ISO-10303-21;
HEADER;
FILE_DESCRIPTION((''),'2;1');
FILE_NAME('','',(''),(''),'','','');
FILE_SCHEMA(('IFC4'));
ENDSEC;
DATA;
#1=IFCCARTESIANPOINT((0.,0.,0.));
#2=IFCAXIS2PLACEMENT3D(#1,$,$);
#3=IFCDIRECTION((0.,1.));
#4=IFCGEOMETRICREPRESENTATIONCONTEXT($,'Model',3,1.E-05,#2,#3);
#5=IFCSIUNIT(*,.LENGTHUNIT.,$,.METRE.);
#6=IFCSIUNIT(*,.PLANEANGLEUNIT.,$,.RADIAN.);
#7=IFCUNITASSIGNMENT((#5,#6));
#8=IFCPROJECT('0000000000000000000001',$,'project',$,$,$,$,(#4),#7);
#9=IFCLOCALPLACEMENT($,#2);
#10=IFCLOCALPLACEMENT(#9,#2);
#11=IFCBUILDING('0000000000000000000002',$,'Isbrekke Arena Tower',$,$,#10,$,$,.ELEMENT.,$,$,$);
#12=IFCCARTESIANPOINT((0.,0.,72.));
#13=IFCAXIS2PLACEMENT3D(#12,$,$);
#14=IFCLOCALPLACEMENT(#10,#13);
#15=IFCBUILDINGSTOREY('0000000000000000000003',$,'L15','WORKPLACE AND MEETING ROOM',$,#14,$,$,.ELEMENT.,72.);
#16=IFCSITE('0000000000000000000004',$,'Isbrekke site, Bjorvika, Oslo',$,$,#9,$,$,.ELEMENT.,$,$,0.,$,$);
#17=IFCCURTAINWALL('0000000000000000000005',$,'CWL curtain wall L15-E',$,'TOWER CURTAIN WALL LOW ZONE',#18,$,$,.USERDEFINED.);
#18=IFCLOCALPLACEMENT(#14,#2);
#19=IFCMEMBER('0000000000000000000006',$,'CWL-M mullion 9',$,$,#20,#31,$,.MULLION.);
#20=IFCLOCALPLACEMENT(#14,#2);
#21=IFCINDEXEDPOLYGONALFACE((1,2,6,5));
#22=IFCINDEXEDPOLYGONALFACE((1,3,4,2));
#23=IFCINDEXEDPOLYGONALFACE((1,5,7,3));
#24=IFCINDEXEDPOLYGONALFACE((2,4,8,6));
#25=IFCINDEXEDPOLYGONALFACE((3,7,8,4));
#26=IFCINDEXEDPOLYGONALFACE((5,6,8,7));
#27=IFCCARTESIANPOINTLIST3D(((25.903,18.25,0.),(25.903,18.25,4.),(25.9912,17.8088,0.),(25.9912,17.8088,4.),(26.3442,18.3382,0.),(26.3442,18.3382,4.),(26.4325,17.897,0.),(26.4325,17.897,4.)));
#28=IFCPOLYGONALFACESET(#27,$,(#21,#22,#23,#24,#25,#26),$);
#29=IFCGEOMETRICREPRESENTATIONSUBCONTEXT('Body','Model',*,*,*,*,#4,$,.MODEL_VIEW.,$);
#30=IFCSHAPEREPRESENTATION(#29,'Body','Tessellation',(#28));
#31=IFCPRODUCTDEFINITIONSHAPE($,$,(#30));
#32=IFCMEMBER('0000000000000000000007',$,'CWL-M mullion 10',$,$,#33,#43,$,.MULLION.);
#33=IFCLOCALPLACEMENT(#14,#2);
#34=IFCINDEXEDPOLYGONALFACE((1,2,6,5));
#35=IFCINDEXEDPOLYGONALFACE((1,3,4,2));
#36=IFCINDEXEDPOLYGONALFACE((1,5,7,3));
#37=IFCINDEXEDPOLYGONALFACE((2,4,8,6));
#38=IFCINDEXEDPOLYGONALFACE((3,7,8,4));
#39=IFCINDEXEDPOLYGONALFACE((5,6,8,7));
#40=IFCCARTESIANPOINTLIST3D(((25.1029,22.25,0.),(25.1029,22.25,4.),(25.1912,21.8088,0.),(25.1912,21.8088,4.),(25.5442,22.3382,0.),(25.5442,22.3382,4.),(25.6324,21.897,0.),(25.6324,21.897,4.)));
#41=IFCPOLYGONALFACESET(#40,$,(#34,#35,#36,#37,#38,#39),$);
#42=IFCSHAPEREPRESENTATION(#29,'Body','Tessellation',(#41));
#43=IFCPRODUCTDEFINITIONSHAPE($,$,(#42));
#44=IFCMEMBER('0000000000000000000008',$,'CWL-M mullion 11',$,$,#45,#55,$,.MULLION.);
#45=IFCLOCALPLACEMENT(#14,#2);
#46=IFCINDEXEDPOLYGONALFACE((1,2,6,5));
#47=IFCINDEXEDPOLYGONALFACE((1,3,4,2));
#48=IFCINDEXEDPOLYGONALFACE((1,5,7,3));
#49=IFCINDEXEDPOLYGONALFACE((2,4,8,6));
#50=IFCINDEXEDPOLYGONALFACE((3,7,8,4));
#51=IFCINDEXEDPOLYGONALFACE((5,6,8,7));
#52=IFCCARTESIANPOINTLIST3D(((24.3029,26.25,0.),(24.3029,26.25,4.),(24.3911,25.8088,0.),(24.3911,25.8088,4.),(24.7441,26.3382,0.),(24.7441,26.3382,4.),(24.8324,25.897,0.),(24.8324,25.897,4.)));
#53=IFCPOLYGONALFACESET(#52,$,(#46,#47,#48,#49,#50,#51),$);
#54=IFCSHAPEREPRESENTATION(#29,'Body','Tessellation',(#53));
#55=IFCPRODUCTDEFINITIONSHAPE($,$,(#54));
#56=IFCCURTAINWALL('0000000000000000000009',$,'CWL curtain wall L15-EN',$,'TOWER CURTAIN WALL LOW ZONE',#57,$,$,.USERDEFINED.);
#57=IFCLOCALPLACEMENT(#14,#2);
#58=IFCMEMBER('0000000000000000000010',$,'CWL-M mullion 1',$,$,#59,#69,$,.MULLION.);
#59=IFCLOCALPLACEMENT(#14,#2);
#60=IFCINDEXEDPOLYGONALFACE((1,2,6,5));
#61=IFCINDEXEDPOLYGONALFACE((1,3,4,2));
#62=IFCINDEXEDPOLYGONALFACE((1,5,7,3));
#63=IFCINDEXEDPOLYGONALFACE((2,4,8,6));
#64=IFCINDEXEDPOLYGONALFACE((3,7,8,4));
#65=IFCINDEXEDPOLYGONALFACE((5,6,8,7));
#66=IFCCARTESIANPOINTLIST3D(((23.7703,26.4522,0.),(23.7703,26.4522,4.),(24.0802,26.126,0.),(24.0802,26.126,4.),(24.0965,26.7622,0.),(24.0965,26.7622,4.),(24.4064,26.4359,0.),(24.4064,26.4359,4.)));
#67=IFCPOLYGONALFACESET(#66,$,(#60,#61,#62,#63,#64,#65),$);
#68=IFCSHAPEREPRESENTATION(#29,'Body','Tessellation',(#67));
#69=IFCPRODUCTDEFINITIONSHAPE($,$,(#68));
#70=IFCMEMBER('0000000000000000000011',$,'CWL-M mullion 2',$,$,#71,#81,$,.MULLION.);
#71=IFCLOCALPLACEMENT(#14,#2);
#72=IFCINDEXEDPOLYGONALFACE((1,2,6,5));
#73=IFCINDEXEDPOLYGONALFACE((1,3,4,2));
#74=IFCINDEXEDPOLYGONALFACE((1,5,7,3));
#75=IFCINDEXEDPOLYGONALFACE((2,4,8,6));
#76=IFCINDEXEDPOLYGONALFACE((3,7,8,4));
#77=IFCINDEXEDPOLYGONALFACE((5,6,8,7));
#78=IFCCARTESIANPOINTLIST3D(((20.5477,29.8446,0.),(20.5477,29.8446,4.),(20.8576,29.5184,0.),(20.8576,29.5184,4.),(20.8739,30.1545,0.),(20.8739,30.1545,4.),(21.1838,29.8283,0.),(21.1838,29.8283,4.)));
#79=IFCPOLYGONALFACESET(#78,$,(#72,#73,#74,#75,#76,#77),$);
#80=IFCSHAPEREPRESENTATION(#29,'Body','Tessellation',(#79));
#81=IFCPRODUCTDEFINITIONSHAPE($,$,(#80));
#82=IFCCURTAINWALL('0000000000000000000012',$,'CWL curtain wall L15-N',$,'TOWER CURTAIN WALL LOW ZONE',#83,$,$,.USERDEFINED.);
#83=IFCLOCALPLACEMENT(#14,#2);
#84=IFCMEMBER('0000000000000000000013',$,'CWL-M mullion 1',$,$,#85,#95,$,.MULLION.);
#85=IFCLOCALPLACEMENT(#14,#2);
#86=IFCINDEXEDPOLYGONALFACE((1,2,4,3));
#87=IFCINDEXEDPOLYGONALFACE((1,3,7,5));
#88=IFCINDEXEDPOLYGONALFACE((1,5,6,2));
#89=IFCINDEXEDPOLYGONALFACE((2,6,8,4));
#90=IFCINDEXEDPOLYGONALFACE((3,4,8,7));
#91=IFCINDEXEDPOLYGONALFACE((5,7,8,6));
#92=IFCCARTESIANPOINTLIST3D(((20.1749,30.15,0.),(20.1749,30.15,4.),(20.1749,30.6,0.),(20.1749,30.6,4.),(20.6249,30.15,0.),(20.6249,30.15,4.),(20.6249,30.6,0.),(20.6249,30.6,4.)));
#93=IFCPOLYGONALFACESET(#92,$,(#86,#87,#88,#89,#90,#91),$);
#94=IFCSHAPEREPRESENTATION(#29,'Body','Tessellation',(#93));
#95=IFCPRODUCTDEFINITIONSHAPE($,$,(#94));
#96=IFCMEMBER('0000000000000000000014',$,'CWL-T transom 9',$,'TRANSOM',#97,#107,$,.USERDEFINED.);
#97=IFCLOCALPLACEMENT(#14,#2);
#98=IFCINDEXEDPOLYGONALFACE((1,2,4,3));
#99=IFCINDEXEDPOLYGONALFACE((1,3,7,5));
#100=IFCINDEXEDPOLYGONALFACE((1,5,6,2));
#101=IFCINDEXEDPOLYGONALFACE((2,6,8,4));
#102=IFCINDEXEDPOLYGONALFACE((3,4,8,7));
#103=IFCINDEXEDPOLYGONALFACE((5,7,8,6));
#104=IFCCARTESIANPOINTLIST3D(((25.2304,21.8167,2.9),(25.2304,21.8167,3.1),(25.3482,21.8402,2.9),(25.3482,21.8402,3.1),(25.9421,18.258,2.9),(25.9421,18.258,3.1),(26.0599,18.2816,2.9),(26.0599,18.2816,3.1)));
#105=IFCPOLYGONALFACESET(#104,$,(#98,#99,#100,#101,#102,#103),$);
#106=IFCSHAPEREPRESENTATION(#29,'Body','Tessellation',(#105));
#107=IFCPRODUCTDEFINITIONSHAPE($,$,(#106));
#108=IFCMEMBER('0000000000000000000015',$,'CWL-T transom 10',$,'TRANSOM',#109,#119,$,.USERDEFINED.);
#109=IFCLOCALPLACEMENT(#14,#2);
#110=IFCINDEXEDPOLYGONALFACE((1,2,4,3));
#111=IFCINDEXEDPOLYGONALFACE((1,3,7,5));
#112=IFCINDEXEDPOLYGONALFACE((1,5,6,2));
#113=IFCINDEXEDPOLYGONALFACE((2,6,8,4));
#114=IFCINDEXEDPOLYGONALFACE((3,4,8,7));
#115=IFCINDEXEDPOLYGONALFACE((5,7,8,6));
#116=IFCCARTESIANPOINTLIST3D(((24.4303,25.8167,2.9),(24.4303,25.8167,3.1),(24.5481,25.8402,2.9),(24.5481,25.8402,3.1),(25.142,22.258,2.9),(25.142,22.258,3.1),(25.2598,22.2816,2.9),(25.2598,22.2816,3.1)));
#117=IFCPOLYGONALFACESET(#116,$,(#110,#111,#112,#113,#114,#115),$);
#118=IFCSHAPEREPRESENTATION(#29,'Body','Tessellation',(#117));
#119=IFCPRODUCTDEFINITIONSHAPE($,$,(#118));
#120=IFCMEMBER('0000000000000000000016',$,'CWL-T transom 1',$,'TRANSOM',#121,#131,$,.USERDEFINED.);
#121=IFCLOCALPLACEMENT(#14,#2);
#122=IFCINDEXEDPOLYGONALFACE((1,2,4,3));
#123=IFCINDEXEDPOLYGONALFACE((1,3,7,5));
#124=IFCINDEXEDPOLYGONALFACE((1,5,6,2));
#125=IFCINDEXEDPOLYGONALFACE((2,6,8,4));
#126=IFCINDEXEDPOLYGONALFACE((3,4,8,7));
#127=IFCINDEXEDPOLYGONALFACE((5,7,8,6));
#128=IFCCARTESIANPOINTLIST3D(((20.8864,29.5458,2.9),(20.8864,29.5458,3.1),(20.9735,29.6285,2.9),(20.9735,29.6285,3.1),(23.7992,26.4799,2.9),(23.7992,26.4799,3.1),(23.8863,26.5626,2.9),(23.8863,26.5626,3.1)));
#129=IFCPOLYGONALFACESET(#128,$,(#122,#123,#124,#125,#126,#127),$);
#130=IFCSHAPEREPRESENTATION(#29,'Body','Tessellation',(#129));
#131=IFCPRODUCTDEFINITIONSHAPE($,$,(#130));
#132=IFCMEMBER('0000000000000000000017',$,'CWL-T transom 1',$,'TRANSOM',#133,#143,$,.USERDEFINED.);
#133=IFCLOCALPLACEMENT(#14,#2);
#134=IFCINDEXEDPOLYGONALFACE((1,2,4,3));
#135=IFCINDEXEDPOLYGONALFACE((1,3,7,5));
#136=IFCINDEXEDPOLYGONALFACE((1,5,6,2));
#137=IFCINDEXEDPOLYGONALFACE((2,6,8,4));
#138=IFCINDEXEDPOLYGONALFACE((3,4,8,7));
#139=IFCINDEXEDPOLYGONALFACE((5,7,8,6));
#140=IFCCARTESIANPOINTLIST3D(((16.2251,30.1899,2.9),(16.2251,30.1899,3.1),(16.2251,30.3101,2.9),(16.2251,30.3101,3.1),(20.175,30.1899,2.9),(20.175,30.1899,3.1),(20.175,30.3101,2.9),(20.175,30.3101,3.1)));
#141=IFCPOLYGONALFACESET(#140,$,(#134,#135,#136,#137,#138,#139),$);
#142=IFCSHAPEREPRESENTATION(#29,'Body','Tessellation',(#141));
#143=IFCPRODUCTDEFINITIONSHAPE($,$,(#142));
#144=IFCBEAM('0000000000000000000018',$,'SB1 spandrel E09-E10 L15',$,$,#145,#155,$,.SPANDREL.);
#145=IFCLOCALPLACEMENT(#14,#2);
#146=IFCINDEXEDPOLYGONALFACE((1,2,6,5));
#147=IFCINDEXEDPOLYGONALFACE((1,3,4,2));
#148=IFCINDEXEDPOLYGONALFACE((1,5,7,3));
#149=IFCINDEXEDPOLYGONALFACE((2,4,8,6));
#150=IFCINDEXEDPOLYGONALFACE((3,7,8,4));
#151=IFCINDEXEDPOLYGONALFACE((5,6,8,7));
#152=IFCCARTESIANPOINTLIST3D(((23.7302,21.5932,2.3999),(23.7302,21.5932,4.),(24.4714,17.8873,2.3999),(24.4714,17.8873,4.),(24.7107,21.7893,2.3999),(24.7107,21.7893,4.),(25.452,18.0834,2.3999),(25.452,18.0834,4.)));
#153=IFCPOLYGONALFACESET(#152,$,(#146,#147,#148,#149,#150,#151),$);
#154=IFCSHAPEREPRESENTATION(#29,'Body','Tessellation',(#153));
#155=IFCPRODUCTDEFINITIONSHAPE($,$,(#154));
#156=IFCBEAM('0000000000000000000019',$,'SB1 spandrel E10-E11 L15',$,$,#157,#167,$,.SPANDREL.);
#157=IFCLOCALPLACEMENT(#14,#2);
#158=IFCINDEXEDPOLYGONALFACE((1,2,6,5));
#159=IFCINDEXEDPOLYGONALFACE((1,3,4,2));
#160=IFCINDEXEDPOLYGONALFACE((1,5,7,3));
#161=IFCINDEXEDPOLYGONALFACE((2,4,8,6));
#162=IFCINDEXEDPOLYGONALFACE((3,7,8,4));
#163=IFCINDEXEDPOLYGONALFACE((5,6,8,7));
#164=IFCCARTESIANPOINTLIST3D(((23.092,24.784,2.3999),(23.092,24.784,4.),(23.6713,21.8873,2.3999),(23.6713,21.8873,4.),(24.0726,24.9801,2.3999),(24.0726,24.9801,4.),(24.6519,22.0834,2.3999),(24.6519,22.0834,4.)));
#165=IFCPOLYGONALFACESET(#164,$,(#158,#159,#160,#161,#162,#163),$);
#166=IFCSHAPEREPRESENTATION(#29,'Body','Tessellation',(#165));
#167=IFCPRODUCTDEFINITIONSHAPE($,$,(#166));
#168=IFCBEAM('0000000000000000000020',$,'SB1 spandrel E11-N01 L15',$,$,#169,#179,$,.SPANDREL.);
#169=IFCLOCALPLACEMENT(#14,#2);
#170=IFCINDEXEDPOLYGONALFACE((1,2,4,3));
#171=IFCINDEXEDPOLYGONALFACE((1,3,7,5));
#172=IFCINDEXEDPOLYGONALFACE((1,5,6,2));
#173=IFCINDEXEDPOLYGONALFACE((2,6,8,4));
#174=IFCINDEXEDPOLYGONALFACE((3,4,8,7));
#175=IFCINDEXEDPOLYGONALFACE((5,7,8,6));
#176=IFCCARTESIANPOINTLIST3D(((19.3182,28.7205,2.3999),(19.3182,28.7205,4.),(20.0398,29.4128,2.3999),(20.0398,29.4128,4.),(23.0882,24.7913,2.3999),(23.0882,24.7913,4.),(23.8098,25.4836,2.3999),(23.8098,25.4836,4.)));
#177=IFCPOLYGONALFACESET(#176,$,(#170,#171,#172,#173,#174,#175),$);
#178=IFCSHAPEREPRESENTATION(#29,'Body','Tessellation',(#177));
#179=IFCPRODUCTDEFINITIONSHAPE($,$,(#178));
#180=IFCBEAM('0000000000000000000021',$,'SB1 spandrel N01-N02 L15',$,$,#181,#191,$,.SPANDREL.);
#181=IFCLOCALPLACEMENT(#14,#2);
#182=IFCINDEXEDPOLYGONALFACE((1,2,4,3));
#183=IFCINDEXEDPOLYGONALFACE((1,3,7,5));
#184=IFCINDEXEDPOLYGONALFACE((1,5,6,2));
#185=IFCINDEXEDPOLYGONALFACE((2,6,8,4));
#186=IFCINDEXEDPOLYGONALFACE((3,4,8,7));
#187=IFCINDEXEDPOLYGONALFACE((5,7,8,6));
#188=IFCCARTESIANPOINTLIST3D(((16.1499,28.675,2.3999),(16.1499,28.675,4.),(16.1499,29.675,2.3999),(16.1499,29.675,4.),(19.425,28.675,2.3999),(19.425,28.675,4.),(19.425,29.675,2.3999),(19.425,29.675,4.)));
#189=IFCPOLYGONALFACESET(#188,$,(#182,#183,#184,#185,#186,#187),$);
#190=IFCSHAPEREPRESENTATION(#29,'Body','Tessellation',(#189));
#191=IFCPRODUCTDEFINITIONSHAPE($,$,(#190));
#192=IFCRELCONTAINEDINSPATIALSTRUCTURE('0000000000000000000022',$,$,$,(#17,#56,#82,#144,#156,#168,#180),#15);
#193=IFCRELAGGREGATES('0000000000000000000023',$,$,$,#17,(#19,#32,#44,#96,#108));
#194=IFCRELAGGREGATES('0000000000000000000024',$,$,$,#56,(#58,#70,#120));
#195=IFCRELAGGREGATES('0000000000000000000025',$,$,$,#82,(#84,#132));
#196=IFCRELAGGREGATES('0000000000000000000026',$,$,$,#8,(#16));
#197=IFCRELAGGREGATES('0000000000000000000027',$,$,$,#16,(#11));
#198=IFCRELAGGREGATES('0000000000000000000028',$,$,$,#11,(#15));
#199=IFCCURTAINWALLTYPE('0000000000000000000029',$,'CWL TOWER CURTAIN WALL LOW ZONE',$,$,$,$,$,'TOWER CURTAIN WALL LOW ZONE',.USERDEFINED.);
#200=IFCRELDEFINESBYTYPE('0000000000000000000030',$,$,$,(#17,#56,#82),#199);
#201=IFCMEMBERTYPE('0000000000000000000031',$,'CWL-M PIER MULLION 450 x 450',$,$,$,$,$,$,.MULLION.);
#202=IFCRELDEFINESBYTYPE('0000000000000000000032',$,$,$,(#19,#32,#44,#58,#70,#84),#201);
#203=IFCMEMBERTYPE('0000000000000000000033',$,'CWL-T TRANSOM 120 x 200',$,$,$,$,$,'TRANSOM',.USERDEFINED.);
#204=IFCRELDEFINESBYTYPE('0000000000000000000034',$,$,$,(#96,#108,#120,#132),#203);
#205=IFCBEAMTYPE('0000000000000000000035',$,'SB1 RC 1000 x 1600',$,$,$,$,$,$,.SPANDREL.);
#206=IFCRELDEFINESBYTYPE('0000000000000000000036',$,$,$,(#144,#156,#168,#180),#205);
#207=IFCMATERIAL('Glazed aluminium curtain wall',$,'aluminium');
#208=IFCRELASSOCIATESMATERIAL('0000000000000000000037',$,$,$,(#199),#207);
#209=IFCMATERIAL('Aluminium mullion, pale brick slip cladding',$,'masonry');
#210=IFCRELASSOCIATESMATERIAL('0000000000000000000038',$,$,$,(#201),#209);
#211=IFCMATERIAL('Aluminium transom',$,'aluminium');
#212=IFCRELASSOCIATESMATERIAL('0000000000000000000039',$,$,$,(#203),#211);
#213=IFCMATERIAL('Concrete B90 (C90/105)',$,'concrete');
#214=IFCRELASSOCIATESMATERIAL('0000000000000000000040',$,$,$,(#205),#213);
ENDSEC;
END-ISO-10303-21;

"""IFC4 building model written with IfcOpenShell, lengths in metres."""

from ifc_helpers import new_model, si_unit, direction, frame, origin, origin_2d, place, context, subcontext, project, spatial, rectangle, extrude, material, material_profile, profile_set, type_object, element, aggregate, save


model = new_model("IFC4")

# Units and contexts
model_context = context("Model", 3, precision=1e-05, world=origin(), true_north=direction((0.0, 1.0)))
body_context = subcontext(model_context, "Body", "Model", "MODEL_VIEW")
ifc_project = project(units=[si_unit("LENGTHUNIT", "METRE"), si_unit("PLANEANGLEUNIT", "RADIAN")], contexts=[model_context])

# Site, building, storey
site_placement = place(None, origin())
site = spatial("IfcSite", under=ifc_project, at=site_placement, Name="Isbrekke site, Bjorvika, Oslo", CompositionType="ELEMENT", RefElevation=0.0)
building_placement = place(site_placement, origin())
building = spatial("IfcBuilding", under=site, at=building_placement, Name="Isbrekke Arena Tower", CompositionType="ELEMENT")
storey_placement = place(building_placement, frame((0.0, 0.0, 72.0)))
storey = spatial("IfcBuildingStorey", under=building, at=storey_placement, Name="L15", Description="WORKPLACE AND MEETING ROOM", CompositionType="ELEMENT", Elevation=72.0)

# Curtain walls, members
ifc_material_1 = material(Name="Glazed aluminium curtain wall", Category="aluminium")
curtain_wall_type = type_object("IfcCurtainWallType", Name="CWL TOWER CURTAIN WALL LOW ZONE", ElementType="TOWER CURTAIN WALL LOW ZONE", PredefinedType="USERDEFINED", material=ifc_material_1)
curtain_wall_1_placement = place(storey_placement, origin())
curtain_wall_1 = element("IfcCurtainWall", 1, at=curtain_wall_1_placement, inside=storey, type_object=curtain_wall_type, Name="CWL curtain wall L15-E", ObjectType="TOWER CURTAIN WALL LOW ZONE", PredefinedType="USERDEFINED")
ifc_material_2 = material(Name="Aluminium mullion, pale brick slip cladding", Category="masonry")
ifc_material_profile_1 = material_profile(ifc_material_2, rectangle(XDim=0.45, YDim=0.45, at=origin_2d()), Name="PIER 450X450")
ifc_profile_set_1 = profile_set([ifc_material_profile_1], Name="Aluminium mullion, pale brick slip cladding")
member_type_1 = type_object("IfcMemberType", Name="CWL-M PIER MULLION 450 x 450", PredefinedType="MULLION", material=ifc_profile_set_1)
member_1_placement = place(storey_placement, frame((26.1677, 18.0735, 0.0), z_axis=(0.0, 0.0, 1.0), x_axis=(-0.196116, 0.980581, 0.0)))
member_1 = element("IfcMember", 2, at=member_1_placement, type_object=member_type_1, Name="CWL-M mullion 9", PredefinedType="MULLION", context=body_context, shape_type="SweptSolid", body=[
    extrude(rectangle(XDim=0.45, YDim=0.45, at=origin_2d()), origin(), (0.0, 0.0, 1.0), 4.0),
])
member_2_placement = place(storey_placement, frame((25.3677, 22.0735, 0.0), z_axis=(0.0, 0.0, 1.0), x_axis=(-0.196116, 0.980581, 0.0)))
member_2 = element("IfcMember", 3, at=member_2_placement, type_object=member_type_1, Name="CWL-M mullion 10", PredefinedType="MULLION", context=body_context, shape_type="SweptSolid", body=[
    extrude(rectangle(XDim=0.45, YDim=0.45, at=origin_2d()), origin(), (0.0, 0.0, 1.0), 4.0),
])
member_3_placement = place(storey_placement, frame((24.5676, 26.0735, 0.0), z_axis=(0.0, 0.0, 1.0), x_axis=(-0.196116, 0.980581, 0.0)))
member_3 = element("IfcMember", 4, at=member_3_placement, type_object=member_type_1, Name="CWL-M mullion 11", PredefinedType="MULLION", context=body_context, shape_type="SweptSolid", body=[
    extrude(rectangle(XDim=0.45, YDim=0.45, at=origin_2d()), origin(), (0.0, 0.0, 1.0), 4.0),
])
curtain_wall_2_placement = place(storey_placement, origin())
curtain_wall_2 = element("IfcCurtainWall", 5, at=curtain_wall_2_placement, inside=storey, type_object=curtain_wall_type, Name="CWL curtain wall L15-EN", ObjectType="TOWER CURTAIN WALL LOW ZONE", PredefinedType="USERDEFINED")
member_4_placement = place(storey_placement, frame((24.0884, 26.4441, 0.0), z_axis=(0.0, 0.0, 1.0), x_axis=(-0.688749, 0.724999, 0.0)))
member_4 = element("IfcMember", 6, at=member_4_placement, type_object=member_type_1, Name="CWL-M mullion 1", PredefinedType="MULLION", context=body_context, shape_type="SweptSolid", body=[
    extrude(rectangle(XDim=0.45, YDim=0.45, at=origin_2d()), origin(), (0.0, 0.0, 1.0), 4.0),
])
member_5_placement = place(storey_placement, frame((20.8657, 29.8364, 0.0), z_axis=(0.0, 0.0, 1.0), x_axis=(-0.688749, 0.724999, 0.0)))
member_5 = element("IfcMember", 7, at=member_5_placement, type_object=member_type_1, Name="CWL-M mullion 2", PredefinedType="MULLION", context=body_context, shape_type="SweptSolid", body=[
    extrude(rectangle(XDim=0.45, YDim=0.45, at=origin_2d()), origin(), (0.0, 0.0, 1.0), 4.0),
])

# Curtain wall, member
curtain_wall_3_placement = place(storey_placement, origin())
curtain_wall_3 = element("IfcCurtainWall", 8, at=curtain_wall_3_placement, inside=storey, type_object=curtain_wall_type, Name="CWL curtain wall L15-N", ObjectType="TOWER CURTAIN WALL LOW ZONE", PredefinedType="USERDEFINED")
member_6_placement = place(storey_placement, frame((20.3999, 30.375, 0.0), z_axis=(0.0, 0.0, 1.0), x_axis=(-1.0, 0.0, 0.0)))
member_6 = element("IfcMember", 9, at=member_6_placement, type_object=member_type_1, Name="CWL-M mullion 1", PredefinedType="MULLION", context=body_context, shape_type="SweptSolid", body=[
    extrude(rectangle(XDim=0.45, YDim=0.45, at=origin_2d()), origin(), (0.0, 0.0, 1.0), 4.0),
])

# Members
ifc_material_3 = material(Name="Aluminium transom", Category="aluminium")
ifc_material_profile_2 = material_profile(ifc_material_3, rectangle(XDim=0.1201, YDim=0.2, at=origin_2d()), Name="TRANSOM 120X200")
ifc_profile_set_2 = profile_set([ifc_material_profile_2], Name="Aluminium transom")
member_type_2 = type_object("IfcMemberType", Name="CWL-T TRANSOM 120 x 200", ElementType="TRANSOM", PredefinedType="USERDEFINED", material=ifc_profile_set_2)
member_7_placement = place(storey_placement, frame((26.001, 18.2698, 3.0), z_axis=(-0.196103, 0.980583, 0.0), x_axis=(-0.980583, -0.196103, 0.0)))
member_7 = element("IfcMember", 10, at=member_7_placement, type_object=member_type_2, Name="CWL-T transom 9", ObjectType="TRANSOM", PredefinedType="USERDEFINED", context=body_context, shape_type="SweptSolid", body=[
    extrude(rectangle(XDim=0.1201, YDim=0.2, at=origin_2d()), origin(), (0.0, 0.0, 1.0), 3.6292),
])
member_8_placement = place(storey_placement, frame((25.2009, 22.2698, 3.0), z_axis=(-0.196103, 0.980583, 0.0), x_axis=(-0.980583, -0.196103, 0.0)))
member_8 = element("IfcMember", 11, at=member_8_placement, type_object=member_type_2, Name="CWL-T transom 10", ObjectType="TRANSOM", PredefinedType="USERDEFINED", context=body_context, shape_type="SweptSolid", body=[
    extrude(rectangle(XDim=0.1201, YDim=0.2, at=origin_2d()), origin(), (0.0, 0.0, 1.0), 3.6292),
])
member_9_placement = place(storey_placement, frame((23.8428, 26.5212, 3.0), z_axis=(-0.688777, 0.724973, 0.0), x_axis=(-0.724973, -0.688777, 0.0)))
member_9 = element("IfcMember", 12, at=member_9_placement, type_object=member_type_2, Name="CWL-T transom 1", ObjectType="TRANSOM", PredefinedType="USERDEFINED", context=body_context, shape_type="SweptSolid", body=[
    extrude(rectangle(XDim=0.1201, YDim=0.2, at=origin_2d()), origin(), (0.0, 0.0, 1.0), 4.229),
])
member_10_placement = place(storey_placement, frame((20.175, 30.25, 3.0), z_axis=(-1.0, 0.0, 0.0), x_axis=(0.0, -1.0, 0.0)))
member_10 = element("IfcMember", 13, at=member_10_placement, type_object=member_type_2, Name="CWL-T transom 1", ObjectType="TRANSOM", PredefinedType="USERDEFINED", context=body_context, shape_type="SweptSolid", body=[
    extrude(rectangle(XDim=0.1201, YDim=0.2, at=origin_2d()), origin(), (0.0, 0.0, 1.0), 3.95),
])

# Beams
ifc_material_4 = material(Name="Concrete B90 (C90/105)", Category="concrete")
ifc_material_profile_3 = material_profile(ifc_material_4, rectangle(XDim=1.0, YDim=1.6001, at=origin_2d()), Name="RC 1000x1600")
ifc_profile_set_3 = profile_set([ifc_material_profile_3], Name="Concrete B90 (C90/105)")
beam_type_1 = type_object("IfcBeamType", Name="SB1 RC 1000 x 1600", PredefinedType="SPANDREL", material=ifc_profile_set_3)
beam_1_placement = place(storey_placement, frame((24.9617, 17.9854, 3.2), z_axis=(-0.196129, 0.980578, 0.0), x_axis=(-0.980578, -0.196129, 0.0)))
element("IfcBeam", 14, at=beam_1_placement, inside=storey, type_object=beam_type_1, Name="SB1 spandrel E09-E10 L15", PredefinedType="SPANDREL", context=body_context, shape_type="SweptSolid", body=[
    extrude(rectangle(XDim=1.0, YDim=1.6001, at=origin_2d()), origin(), (0.0, 0.0, 1.0), 3.7793),
])
beam_2_placement = place(storey_placement, frame((24.1616, 21.9854, 3.2), z_axis=(-0.196116, 0.980581, 0.0), x_axis=(-0.980581, -0.196116, 0.0)))
element("IfcBeam", 15, at=beam_2_placement, inside=storey, type_object=beam_type_1, Name="SB1 spandrel E10-E11 L15", PredefinedType="SPANDREL", context=body_context, shape_type="SweptSolid", body=[
    extrude(rectangle(XDim=1.0, YDim=1.6001, at=origin_2d()), origin(), (0.0, 0.0, 1.0), 2.9541),
])
beam_3_placement = place(storey_placement, frame((23.449, 25.1375, 3.2), z_axis=(-0.69234, 0.721572, 0.0), x_axis=(-0.721572, -0.69234, 0.0)))
element("IfcBeam", 16, at=beam_3_placement, inside=storey, type_object=beam_type_1, Name="SB1 spandrel E11-N01 L15", PredefinedType="SPANDREL", context=body_context, shape_type="SweptSolid", body=[
    extrude(rectangle(XDim=1.0, YDim=1.6001, at=origin_2d()), origin(), (0.0, 0.0, 1.0), 5.4453),
])
beam_4_placement = place(storey_placement, frame((19.425, 29.175, 3.2), z_axis=(-1.0, 0.0, 0.0), x_axis=(0.0, -1.0, 0.0)))
element("IfcBeam", 17, at=beam_4_placement, inside=storey, type_object=beam_type_1, Name="SB1 spandrel N01-N02 L15", PredefinedType="SPANDREL", context=body_context, shape_type="SweptSolid", body=[
    extrude(rectangle(XDim=1.0, YDim=1.6001, at=origin_2d()), origin(), (0.0, 0.0, 1.0), 3.2751),
])

aggregate(curtain_wall_1, [member_1, member_2, member_3, member_7, member_8])
aggregate(curtain_wall_2, [member_4, member_5, member_9])
aggregate(curtain_wall_3, [member_6, member_10])

save(model, "model.ifc")
